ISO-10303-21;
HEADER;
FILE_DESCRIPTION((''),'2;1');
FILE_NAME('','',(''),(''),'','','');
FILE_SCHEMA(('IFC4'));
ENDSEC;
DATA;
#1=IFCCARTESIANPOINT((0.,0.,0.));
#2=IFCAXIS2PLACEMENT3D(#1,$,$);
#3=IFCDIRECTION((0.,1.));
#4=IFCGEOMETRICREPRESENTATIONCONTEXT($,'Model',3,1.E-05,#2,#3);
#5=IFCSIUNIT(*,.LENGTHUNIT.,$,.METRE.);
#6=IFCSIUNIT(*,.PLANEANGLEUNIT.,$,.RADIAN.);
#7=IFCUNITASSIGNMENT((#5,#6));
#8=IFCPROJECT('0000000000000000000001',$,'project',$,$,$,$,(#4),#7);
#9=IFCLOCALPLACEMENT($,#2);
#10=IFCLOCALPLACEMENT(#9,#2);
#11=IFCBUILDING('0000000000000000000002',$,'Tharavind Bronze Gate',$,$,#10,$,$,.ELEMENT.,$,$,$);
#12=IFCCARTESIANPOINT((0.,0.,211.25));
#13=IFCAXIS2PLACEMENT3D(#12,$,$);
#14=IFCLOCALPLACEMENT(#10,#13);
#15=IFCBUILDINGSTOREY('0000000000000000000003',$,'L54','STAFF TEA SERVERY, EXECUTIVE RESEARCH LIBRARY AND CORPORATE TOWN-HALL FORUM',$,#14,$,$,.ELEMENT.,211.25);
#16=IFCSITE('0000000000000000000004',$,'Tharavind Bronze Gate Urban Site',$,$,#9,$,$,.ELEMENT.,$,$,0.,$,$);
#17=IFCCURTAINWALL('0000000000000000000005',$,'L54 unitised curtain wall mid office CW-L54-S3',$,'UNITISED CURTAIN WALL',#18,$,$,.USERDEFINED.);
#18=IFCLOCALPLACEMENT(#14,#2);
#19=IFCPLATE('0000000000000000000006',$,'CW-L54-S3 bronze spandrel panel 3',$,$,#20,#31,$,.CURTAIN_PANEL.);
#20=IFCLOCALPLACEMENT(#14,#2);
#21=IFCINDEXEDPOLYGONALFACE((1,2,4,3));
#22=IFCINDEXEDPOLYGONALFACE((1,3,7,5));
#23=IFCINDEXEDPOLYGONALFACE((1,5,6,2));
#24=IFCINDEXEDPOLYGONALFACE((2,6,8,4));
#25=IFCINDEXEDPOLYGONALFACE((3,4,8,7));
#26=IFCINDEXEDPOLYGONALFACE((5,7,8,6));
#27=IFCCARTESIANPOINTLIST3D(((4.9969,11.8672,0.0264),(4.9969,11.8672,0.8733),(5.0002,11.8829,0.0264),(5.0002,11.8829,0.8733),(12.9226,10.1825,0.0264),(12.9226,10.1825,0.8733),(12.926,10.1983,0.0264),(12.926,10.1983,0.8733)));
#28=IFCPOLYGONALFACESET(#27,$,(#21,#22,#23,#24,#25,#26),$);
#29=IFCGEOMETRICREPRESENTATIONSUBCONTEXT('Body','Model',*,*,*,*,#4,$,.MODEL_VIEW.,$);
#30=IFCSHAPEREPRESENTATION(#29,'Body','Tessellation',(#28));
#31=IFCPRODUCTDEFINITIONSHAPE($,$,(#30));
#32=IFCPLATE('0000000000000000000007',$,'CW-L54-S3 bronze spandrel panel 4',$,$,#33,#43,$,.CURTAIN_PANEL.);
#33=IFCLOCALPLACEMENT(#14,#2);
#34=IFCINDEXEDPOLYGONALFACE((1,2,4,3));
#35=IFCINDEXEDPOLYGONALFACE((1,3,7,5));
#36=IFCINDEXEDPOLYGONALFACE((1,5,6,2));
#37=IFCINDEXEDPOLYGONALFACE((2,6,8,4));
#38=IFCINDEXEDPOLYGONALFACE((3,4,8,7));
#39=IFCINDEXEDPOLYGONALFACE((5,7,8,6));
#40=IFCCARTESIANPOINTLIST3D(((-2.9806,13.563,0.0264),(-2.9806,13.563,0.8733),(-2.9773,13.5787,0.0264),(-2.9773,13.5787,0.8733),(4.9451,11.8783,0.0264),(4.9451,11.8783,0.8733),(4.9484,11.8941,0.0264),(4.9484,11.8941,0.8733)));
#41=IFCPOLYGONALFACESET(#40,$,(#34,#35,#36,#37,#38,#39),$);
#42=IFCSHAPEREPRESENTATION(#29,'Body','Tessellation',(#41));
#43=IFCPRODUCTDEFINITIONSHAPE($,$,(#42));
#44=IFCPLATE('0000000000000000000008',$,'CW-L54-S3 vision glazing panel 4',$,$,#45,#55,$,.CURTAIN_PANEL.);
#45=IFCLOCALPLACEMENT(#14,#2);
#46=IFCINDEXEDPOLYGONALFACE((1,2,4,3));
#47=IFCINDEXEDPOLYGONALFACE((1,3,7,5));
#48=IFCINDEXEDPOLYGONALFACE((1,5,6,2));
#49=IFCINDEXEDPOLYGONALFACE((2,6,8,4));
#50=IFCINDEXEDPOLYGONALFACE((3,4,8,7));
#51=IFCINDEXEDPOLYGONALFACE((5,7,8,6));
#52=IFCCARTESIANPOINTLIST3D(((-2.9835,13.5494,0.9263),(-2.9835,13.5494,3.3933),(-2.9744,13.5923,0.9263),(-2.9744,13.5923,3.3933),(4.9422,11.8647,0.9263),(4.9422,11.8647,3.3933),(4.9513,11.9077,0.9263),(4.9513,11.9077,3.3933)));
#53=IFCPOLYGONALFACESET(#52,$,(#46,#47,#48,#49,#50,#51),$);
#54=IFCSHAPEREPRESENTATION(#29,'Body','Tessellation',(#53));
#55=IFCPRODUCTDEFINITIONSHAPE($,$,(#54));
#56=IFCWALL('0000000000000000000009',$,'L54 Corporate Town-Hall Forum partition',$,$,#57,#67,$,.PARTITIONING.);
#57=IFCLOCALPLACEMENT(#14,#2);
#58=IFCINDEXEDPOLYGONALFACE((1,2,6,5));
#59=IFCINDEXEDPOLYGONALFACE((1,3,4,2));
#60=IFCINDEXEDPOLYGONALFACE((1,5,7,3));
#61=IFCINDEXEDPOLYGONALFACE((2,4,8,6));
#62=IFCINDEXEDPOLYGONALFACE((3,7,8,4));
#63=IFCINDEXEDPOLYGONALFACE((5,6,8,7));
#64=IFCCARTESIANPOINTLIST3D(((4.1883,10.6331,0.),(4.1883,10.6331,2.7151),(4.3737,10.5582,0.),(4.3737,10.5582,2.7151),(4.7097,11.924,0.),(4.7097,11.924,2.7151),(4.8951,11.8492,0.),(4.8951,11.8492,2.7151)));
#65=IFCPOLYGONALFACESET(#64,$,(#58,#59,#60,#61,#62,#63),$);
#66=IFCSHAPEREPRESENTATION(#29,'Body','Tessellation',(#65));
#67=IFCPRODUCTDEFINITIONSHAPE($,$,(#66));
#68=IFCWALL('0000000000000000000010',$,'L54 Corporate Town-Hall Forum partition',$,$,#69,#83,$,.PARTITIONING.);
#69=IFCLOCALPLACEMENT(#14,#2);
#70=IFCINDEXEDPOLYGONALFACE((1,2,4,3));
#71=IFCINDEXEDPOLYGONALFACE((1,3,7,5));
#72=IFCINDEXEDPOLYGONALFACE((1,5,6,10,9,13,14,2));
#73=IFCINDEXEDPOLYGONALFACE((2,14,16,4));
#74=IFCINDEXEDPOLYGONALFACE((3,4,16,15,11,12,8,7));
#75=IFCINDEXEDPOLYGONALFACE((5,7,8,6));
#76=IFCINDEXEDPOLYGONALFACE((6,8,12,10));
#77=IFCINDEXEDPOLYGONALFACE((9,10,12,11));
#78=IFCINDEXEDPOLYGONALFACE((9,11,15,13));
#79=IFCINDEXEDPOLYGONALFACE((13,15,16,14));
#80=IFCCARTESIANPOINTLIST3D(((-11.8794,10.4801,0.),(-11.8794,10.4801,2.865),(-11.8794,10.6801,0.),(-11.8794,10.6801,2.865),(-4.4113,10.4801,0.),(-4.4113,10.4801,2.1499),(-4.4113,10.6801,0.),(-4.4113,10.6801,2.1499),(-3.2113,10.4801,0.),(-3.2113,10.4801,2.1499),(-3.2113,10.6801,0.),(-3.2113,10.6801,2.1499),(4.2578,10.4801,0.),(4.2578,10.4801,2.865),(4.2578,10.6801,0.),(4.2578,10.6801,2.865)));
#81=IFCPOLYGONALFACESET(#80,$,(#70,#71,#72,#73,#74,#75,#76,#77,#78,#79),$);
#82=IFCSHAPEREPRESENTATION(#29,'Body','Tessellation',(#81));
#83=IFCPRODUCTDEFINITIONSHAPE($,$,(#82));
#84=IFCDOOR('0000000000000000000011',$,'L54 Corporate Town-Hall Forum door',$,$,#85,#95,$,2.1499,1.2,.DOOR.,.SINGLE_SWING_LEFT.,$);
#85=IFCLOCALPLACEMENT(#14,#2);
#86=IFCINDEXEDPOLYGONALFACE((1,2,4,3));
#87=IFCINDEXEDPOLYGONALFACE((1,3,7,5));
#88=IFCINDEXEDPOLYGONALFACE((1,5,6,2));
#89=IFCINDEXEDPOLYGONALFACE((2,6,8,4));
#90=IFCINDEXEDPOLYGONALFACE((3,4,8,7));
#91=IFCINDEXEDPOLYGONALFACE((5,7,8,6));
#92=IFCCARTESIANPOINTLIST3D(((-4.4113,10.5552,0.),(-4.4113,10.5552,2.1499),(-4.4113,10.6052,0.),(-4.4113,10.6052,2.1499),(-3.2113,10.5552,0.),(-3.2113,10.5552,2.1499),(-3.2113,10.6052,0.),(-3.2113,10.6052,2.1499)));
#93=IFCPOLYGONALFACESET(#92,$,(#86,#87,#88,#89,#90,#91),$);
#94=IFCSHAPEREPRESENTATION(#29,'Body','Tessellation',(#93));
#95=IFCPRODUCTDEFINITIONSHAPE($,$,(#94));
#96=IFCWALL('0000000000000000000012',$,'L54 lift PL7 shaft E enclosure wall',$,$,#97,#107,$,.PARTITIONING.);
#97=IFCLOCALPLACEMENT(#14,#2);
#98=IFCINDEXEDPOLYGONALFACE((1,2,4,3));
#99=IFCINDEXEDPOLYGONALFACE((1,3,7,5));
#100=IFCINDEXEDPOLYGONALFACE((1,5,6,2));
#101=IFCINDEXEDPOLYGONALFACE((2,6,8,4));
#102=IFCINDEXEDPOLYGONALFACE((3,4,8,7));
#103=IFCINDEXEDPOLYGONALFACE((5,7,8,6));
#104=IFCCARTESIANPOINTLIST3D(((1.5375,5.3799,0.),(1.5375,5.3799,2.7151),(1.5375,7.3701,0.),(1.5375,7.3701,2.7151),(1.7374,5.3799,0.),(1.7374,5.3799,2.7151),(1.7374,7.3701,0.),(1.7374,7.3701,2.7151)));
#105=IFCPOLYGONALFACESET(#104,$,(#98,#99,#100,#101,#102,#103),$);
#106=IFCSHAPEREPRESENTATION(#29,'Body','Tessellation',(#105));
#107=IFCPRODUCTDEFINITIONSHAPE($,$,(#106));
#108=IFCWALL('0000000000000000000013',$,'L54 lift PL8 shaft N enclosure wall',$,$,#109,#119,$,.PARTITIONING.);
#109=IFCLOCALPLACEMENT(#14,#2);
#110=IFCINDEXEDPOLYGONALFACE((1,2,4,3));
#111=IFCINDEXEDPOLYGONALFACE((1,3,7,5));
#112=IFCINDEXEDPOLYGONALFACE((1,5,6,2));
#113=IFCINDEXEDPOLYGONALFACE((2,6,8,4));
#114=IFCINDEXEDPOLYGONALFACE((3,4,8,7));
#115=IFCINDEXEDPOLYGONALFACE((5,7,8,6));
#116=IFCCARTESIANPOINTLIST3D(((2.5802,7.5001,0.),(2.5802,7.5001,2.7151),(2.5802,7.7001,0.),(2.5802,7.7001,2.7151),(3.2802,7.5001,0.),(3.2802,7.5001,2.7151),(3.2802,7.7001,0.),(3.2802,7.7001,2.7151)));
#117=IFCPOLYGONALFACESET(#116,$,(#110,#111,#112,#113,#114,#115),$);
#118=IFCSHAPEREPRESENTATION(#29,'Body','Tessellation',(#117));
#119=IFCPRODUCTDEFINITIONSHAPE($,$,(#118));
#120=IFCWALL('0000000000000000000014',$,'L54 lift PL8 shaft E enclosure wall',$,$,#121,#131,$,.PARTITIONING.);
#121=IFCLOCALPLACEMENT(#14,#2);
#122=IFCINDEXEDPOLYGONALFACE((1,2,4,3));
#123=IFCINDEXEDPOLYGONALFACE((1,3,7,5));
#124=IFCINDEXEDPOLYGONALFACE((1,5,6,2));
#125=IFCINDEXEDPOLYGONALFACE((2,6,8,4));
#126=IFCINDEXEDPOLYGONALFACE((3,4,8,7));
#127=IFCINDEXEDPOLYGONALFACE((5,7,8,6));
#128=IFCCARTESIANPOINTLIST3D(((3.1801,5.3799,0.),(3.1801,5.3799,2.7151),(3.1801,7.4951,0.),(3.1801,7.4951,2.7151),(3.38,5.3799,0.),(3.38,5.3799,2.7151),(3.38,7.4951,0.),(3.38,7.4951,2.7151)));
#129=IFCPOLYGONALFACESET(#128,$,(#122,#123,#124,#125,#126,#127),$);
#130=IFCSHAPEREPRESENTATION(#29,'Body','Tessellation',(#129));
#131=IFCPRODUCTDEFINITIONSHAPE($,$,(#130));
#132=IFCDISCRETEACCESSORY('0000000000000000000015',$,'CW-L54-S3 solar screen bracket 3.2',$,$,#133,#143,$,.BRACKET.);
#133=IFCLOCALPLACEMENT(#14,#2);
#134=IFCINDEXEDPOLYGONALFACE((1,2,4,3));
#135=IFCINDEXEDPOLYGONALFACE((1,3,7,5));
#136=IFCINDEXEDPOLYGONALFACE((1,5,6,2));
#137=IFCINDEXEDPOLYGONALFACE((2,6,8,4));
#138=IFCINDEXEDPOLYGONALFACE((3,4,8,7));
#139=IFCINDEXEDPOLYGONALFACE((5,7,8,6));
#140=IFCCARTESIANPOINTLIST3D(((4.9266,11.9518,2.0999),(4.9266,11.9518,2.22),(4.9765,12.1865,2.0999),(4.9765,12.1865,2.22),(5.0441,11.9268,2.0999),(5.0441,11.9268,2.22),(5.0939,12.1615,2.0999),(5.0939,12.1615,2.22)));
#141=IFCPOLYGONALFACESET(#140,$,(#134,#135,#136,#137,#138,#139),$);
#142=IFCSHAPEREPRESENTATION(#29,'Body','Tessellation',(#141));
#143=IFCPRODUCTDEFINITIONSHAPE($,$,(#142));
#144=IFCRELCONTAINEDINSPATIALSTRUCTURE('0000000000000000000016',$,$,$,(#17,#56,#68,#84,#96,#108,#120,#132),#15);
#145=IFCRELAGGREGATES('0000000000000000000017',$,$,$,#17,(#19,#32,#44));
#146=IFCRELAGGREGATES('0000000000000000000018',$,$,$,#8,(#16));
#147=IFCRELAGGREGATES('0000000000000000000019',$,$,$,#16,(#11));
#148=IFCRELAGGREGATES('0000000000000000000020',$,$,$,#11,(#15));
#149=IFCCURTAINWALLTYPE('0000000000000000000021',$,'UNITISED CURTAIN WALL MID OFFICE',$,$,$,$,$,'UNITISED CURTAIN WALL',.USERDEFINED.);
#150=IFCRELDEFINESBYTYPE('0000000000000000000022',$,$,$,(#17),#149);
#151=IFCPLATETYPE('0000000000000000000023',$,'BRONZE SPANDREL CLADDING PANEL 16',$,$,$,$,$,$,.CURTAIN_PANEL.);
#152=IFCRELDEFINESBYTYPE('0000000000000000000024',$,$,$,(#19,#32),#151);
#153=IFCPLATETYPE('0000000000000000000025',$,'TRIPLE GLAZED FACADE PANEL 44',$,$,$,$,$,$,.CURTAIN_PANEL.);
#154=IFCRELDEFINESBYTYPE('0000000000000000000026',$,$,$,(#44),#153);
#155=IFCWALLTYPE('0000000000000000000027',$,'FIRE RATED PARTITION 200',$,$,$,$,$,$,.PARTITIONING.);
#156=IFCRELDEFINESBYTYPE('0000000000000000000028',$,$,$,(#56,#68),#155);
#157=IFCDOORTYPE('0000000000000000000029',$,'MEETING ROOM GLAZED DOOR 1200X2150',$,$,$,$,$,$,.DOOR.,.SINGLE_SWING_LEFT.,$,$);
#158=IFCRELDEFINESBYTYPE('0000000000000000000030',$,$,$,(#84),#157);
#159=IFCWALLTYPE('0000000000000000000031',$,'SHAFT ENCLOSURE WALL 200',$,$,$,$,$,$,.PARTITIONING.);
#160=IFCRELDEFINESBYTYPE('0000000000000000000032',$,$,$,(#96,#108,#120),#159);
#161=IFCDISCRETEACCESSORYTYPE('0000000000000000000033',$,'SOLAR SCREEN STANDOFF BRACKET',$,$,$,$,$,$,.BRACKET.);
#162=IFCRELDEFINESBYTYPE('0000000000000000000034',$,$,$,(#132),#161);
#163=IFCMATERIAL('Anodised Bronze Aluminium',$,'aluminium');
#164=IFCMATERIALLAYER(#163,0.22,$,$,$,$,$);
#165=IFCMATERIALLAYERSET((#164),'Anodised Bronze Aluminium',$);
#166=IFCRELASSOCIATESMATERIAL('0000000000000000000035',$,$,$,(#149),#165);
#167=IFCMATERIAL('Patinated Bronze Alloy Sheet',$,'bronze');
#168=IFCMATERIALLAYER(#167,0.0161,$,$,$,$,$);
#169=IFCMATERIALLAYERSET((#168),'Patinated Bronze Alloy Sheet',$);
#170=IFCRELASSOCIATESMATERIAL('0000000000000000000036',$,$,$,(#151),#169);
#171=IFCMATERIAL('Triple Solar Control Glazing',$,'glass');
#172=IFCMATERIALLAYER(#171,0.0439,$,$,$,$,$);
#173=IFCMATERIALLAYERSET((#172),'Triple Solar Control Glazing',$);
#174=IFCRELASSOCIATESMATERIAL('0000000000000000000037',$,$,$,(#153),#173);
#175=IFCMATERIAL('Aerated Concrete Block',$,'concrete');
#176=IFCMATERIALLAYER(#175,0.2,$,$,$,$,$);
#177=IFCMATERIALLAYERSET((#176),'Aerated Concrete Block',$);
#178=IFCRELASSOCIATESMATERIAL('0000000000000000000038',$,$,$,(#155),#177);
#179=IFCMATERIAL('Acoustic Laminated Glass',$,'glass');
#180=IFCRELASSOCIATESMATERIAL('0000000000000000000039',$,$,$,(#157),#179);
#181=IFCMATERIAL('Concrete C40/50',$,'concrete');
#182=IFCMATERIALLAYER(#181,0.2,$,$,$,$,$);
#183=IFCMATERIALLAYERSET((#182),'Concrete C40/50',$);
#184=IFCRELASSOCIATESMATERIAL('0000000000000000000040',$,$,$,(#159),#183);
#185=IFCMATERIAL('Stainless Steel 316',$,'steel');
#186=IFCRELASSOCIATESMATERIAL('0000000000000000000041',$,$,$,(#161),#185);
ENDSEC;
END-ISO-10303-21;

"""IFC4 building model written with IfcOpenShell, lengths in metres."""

from ifc_helpers import new_model, si_unit, direction, frame, frame_2d, origin, origin_2d, place, context, subcontext, project, spatial, rectangle, extrude, material, layer, layer_set, type_object, element, fill, aggregate, save


model = new_model("IFC4")

# Units and contexts
model_context = context("Model", 3, precision=1e-05, world=origin(), true_north=direction((0.0, 1.0)))
body_context = subcontext(model_context, "Body", "Model", "MODEL_VIEW")
ifc_project = project(units=[si_unit("LENGTHUNIT", "METRE"), si_unit("PLANEANGLEUNIT", "RADIAN")], contexts=[model_context])

# Site, building, storey
site_placement = place(None, origin())
site = spatial("IfcSite", under=ifc_project, at=site_placement, Name="Tharavind Bronze Gate Urban Site", CompositionType="ELEMENT", RefElevation=0.0)
building_placement = place(site_placement, origin())
building = spatial("IfcBuilding", under=site, at=building_placement, Name="Tharavind Bronze Gate", CompositionType="ELEMENT")
storey_placement = place(building_placement, frame((0.0, 0.0, 211.25)))
storey = spatial("IfcBuildingStorey", under=building, at=storey_placement, Name="L54", Description="STAFF TEA SERVERY, EXECUTIVE RESEARCH LIBRARY AND CORPORATE TOWN-HALL FORUM", CompositionType="ELEMENT", Elevation=211.25)

# Curtain wall
ifc_material_1 = material(Name="Anodised Bronze Aluminium", Category="aluminium")
ifc_layer_1 = layer(ifc_material_1, 0.22)
ifc_layer_set_1 = layer_set([ifc_layer_1], Name="Anodised Bronze Aluminium")
curtain_wall_type = type_object("IfcCurtainWallType", Name="UNITISED CURTAIN WALL MID OFFICE", ElementType="UNITISED CURTAIN WALL", PredefinedType="USERDEFINED", material=ifc_layer_set_1)
curtain_wall_placement = place(storey_placement, origin())
curtain_wall = element("IfcCurtainWall", 1, at=curtain_wall_placement, inside=storey, type_object=curtain_wall_type, Name="L54 unitised curtain wall mid office CW-L54-S3", ObjectType="UNITISED CURTAIN WALL", PredefinedType="USERDEFINED")

# Plates
ifc_material_2 = material(Name="Patinated Bronze Alloy Sheet", Category="bronze")
ifc_layer_2 = layer(ifc_material_2, 0.0161)
ifc_layer_set_2 = layer_set([ifc_layer_2], Name="Patinated Bronze Alloy Sheet")
plate_type_1 = type_object("IfcPlateType", Name="BRONZE SPANDREL CLADDING PANEL 16", PredefinedType="CURTAIN_PANEL", material=ifc_layer_set_2)
plate_1_placement = place(storey_placement, frame((8.9614, 11.0327, 0.0264), z_axis=(0.0, 0.0, 1.0), x_axis=(-0.978148, 0.207912, 0.0)))
plate_1 = element("IfcPlate", 2, at=plate_1_placement, type_object=plate_type_1, Name="CW-L54-S3 bronze spandrel panel 3", PredefinedType="CURTAIN_PANEL", context=body_context, shape_type="SweptSolid", body=[
    extrude(rectangle(XDim=8.1028, YDim=0.0161, at=origin_2d()), origin(), (0.0, 0.0, 1.0), 0.8469),
])
plate_2_placement = place(storey_placement, frame((0.9839, 12.7285, 0.0264), z_axis=(0.0, 0.0, 1.0), x_axis=(-0.978148, 0.207912, 0.0)))
plate_2 = element("IfcPlate", 3, at=plate_2_placement, type_object=plate_type_1, Name="CW-L54-S3 bronze spandrel panel 4", PredefinedType="CURTAIN_PANEL", context=body_context, shape_type="SweptSolid", body=[
    extrude(rectangle(XDim=8.1028, YDim=0.0161, at=origin_2d()), origin(), (0.0, 0.0, 1.0), 0.8469),
])
ifc_material_3 = material(Name="Triple Solar Control Glazing", Category="glass")
ifc_layer_3 = layer(ifc_material_3, 0.0439)
ifc_layer_set_3 = layer_set([ifc_layer_3], Name="Triple Solar Control Glazing")
plate_type_2 = type_object("IfcPlateType", Name="TRIPLE GLAZED FACADE PANEL 44", PredefinedType="CURTAIN_PANEL", material=ifc_layer_set_3)
plate_3_placement = place(storey_placement, frame((0.9839, 12.7285, 0.9263), z_axis=(0.0, 0.0, 1.0), x_axis=(-0.978148, 0.207912, 0.0)))
plate_3 = element("IfcPlate", 4, at=plate_3_placement, type_object=plate_type_2, Name="CW-L54-S3 vision glazing panel 4", PredefinedType="CURTAIN_PANEL", context=body_context, shape_type="SweptSolid", body=[
    extrude(rectangle(XDim=8.1028, YDim=0.0439, at=origin_2d()), origin(), (0.0, 0.0, 1.0), 2.467),
])
aggregate(curtain_wall, [plate_1, plate_2, plate_3])

# Wall
ifc_material_4 = material(Name="Aerated Concrete Block", Category="concrete")
ifc_layer_4 = layer(ifc_material_4, 0.2)
ifc_layer_set_4 = layer_set([ifc_layer_4], Name="Aerated Concrete Block")
wall_type_1 = type_object("IfcWallType", Name="FIRE RATED PARTITION 200", PredefinedType="PARTITIONING", material=ifc_layer_set_4)
wall_1_placement = place(storey_placement, frame((4.8025, 11.8867, 0.0), z_axis=(0.0, 0.0, 1.0), x_axis=(-0.374533, -0.927214, 0.0)))
element("IfcWall", 5, at=wall_1_placement, inside=storey, type_object=wall_type_1, Name="L54 Corporate Town-Hall Forum partition", PredefinedType="PARTITIONING", context=body_context, shape_type="SweptSolid", body=[
    extrude(rectangle(XDim=1.3923, YDim=0.2, at=frame_2d((0.6963, 0.0))), origin(), (0.0, 0.0, 1.0), 2.7151),
])

# Wall, opening, door
wall_2_placement = place(storey_placement, frame((4.2578, 10.5801, 0.0), z_axis=(0.0, 0.0, 1.0), x_axis=(-1.0, 0.0, 0.0)))
wall_2 = element("IfcWall", 6, at=wall_2_placement, inside=storey, type_object=wall_type_1, Name="L54 Corporate Town-Hall Forum partition", PredefinedType="PARTITIONING", context=body_context, shape_type="SweptSolid", body=[
    extrude(rectangle(XDim=16.1372, YDim=0.2, at=frame_2d((8.0686, 0.0))), origin(), (0.0, 0.0, 1.0), 2.865),
])
opening_placement = place(wall_2_placement, frame((7.469, 0.0, 0.0)))
opening = element("IfcOpeningElement", 7, at=opening_placement, cuts=wall_2, PredefinedType="OPENING", context=body_context, shape_type="SweptSolid", body=[
    extrude(rectangle(XDim=1.2, YDim=2.1499, at=frame_2d((0.6001, 1.075))), frame((0.0, 0.1101, 0.0), z_axis=(0.0, -1.0, 0.0), x_axis=(1.0, 0.0, 0.0)), (0.0, 0.0, 1.0), 0.22),
])
ifc_material_5 = material(Name="Acoustic Laminated Glass", Category="glass")
door_type = type_object("IfcDoorType", Name="MEETING ROOM GLAZED DOOR 1200X2150", OperationType="SINGLE_SWING_LEFT", PredefinedType="DOOR", material=ifc_material_5)
door_placement = place(opening_placement, origin())
door = element("IfcDoor", 8, at=door_placement, inside=storey, type_object=door_type, Name="L54 Corporate Town-Hall Forum door", OperationType="SINGLE_SWING_LEFT", OverallHeight=2.1499, OverallWidth=1.2, PredefinedType="DOOR", context=body_context, shape_type="SweptSolid", body=[
    extrude(rectangle(XDim=1.2, YDim=2.1499, at=frame_2d((0.6001, 1.075))), frame((0.0, 0.0249, 0.0), z_axis=(0.0, -1.0, 0.0), x_axis=(1.0, 0.0, 0.0)), (0.0, 0.0, 1.0), 0.05),
])
fill(opening, door)

# Walls
ifc_material_6 = material(Name="Concrete C40/50", Category="concrete")
ifc_layer_5 = layer(ifc_material_6, 0.2)
ifc_layer_set_5 = layer_set([ifc_layer_5], Name="Concrete C40/50")
wall_type_2 = type_object("IfcWallType", Name="SHAFT ENCLOSURE WALL 200", PredefinedType="PARTITIONING", material=ifc_layer_set_5)
wall_3_placement = place(storey_placement, frame((1.6375, 5.3799, 0.0), z_axis=(0.0, 0.0, 1.0), x_axis=(0.0, 1.0, 0.0)))
element("IfcWall", 9, at=wall_3_placement, inside=storey, type_object=wall_type_2, Name="L54 lift PL7 shaft E enclosure wall", PredefinedType="PARTITIONING", context=body_context, shape_type="SweptSolid", body=[
    extrude(rectangle(XDim=1.9902, YDim=0.2, at=frame_2d((0.9951, 0.0))), origin(), (0.0, 0.0, 1.0), 2.7151),
])
wall_4_placement = place(storey_placement, frame((2.5801, 7.6001, 0.0), z_axis=(0.0, 0.0, 1.0), x_axis=(1.0, 0.0, 0.0)))
element("IfcWall", 10, at=wall_4_placement, inside=storey, type_object=wall_type_2, Name="L54 lift PL8 shaft N enclosure wall", PredefinedType="PARTITIONING", context=body_context, shape_type="SweptSolid", body=[
    extrude(rectangle(XDim=0.7, YDim=0.2, at=frame_2d((0.3501, 0.0))), origin(), (0.0, 0.0, 1.0), 2.7151),
])
wall_5_placement = place(storey_placement, frame((3.28, 5.3799, 0.0), z_axis=(0.0, 0.0, 1.0), x_axis=(0.0, 1.0, 0.0)))
element("IfcWall", 11, at=wall_5_placement, inside=storey, type_object=wall_type_2, Name="L54 lift PL8 shaft E enclosure wall", PredefinedType="PARTITIONING", context=body_context, shape_type="SweptSolid", body=[
    extrude(rectangle(XDim=2.1152, YDim=0.2, at=frame_2d((1.0576, 0.0))), origin(), (0.0, 0.0, 1.0), 2.7151),
])

# Discrete accessory
ifc_material_7 = material(Name="Stainless Steel 316", Category="steel")
discrete_accessory_type = type_object("IfcDiscreteAccessoryType", Name="SOLAR SCREEN STANDOFF BRACKET", PredefinedType="BRACKET", material=ifc_material_7)
discrete_accessory_placement = place(storey_placement, frame((5.0103, 12.0566, 2.0999), z_axis=(0.0, 0.0, 1.0), x_axis=(-0.978148, 0.207912, 0.0)))
element("IfcDiscreteAccessory", 12, at=discrete_accessory_placement, inside=storey, type_object=discrete_accessory_type, Name="CW-L54-S3 solar screen bracket 3.2", PredefinedType="BRACKET", context=body_context, shape_type="SweptSolid", body=[
    extrude(rectangle(XDim=0.1201, YDim=0.24, at=origin_2d()), origin(), (0.0, 0.0, 1.0), 0.1201),
])

save(model, "model.ifc")
